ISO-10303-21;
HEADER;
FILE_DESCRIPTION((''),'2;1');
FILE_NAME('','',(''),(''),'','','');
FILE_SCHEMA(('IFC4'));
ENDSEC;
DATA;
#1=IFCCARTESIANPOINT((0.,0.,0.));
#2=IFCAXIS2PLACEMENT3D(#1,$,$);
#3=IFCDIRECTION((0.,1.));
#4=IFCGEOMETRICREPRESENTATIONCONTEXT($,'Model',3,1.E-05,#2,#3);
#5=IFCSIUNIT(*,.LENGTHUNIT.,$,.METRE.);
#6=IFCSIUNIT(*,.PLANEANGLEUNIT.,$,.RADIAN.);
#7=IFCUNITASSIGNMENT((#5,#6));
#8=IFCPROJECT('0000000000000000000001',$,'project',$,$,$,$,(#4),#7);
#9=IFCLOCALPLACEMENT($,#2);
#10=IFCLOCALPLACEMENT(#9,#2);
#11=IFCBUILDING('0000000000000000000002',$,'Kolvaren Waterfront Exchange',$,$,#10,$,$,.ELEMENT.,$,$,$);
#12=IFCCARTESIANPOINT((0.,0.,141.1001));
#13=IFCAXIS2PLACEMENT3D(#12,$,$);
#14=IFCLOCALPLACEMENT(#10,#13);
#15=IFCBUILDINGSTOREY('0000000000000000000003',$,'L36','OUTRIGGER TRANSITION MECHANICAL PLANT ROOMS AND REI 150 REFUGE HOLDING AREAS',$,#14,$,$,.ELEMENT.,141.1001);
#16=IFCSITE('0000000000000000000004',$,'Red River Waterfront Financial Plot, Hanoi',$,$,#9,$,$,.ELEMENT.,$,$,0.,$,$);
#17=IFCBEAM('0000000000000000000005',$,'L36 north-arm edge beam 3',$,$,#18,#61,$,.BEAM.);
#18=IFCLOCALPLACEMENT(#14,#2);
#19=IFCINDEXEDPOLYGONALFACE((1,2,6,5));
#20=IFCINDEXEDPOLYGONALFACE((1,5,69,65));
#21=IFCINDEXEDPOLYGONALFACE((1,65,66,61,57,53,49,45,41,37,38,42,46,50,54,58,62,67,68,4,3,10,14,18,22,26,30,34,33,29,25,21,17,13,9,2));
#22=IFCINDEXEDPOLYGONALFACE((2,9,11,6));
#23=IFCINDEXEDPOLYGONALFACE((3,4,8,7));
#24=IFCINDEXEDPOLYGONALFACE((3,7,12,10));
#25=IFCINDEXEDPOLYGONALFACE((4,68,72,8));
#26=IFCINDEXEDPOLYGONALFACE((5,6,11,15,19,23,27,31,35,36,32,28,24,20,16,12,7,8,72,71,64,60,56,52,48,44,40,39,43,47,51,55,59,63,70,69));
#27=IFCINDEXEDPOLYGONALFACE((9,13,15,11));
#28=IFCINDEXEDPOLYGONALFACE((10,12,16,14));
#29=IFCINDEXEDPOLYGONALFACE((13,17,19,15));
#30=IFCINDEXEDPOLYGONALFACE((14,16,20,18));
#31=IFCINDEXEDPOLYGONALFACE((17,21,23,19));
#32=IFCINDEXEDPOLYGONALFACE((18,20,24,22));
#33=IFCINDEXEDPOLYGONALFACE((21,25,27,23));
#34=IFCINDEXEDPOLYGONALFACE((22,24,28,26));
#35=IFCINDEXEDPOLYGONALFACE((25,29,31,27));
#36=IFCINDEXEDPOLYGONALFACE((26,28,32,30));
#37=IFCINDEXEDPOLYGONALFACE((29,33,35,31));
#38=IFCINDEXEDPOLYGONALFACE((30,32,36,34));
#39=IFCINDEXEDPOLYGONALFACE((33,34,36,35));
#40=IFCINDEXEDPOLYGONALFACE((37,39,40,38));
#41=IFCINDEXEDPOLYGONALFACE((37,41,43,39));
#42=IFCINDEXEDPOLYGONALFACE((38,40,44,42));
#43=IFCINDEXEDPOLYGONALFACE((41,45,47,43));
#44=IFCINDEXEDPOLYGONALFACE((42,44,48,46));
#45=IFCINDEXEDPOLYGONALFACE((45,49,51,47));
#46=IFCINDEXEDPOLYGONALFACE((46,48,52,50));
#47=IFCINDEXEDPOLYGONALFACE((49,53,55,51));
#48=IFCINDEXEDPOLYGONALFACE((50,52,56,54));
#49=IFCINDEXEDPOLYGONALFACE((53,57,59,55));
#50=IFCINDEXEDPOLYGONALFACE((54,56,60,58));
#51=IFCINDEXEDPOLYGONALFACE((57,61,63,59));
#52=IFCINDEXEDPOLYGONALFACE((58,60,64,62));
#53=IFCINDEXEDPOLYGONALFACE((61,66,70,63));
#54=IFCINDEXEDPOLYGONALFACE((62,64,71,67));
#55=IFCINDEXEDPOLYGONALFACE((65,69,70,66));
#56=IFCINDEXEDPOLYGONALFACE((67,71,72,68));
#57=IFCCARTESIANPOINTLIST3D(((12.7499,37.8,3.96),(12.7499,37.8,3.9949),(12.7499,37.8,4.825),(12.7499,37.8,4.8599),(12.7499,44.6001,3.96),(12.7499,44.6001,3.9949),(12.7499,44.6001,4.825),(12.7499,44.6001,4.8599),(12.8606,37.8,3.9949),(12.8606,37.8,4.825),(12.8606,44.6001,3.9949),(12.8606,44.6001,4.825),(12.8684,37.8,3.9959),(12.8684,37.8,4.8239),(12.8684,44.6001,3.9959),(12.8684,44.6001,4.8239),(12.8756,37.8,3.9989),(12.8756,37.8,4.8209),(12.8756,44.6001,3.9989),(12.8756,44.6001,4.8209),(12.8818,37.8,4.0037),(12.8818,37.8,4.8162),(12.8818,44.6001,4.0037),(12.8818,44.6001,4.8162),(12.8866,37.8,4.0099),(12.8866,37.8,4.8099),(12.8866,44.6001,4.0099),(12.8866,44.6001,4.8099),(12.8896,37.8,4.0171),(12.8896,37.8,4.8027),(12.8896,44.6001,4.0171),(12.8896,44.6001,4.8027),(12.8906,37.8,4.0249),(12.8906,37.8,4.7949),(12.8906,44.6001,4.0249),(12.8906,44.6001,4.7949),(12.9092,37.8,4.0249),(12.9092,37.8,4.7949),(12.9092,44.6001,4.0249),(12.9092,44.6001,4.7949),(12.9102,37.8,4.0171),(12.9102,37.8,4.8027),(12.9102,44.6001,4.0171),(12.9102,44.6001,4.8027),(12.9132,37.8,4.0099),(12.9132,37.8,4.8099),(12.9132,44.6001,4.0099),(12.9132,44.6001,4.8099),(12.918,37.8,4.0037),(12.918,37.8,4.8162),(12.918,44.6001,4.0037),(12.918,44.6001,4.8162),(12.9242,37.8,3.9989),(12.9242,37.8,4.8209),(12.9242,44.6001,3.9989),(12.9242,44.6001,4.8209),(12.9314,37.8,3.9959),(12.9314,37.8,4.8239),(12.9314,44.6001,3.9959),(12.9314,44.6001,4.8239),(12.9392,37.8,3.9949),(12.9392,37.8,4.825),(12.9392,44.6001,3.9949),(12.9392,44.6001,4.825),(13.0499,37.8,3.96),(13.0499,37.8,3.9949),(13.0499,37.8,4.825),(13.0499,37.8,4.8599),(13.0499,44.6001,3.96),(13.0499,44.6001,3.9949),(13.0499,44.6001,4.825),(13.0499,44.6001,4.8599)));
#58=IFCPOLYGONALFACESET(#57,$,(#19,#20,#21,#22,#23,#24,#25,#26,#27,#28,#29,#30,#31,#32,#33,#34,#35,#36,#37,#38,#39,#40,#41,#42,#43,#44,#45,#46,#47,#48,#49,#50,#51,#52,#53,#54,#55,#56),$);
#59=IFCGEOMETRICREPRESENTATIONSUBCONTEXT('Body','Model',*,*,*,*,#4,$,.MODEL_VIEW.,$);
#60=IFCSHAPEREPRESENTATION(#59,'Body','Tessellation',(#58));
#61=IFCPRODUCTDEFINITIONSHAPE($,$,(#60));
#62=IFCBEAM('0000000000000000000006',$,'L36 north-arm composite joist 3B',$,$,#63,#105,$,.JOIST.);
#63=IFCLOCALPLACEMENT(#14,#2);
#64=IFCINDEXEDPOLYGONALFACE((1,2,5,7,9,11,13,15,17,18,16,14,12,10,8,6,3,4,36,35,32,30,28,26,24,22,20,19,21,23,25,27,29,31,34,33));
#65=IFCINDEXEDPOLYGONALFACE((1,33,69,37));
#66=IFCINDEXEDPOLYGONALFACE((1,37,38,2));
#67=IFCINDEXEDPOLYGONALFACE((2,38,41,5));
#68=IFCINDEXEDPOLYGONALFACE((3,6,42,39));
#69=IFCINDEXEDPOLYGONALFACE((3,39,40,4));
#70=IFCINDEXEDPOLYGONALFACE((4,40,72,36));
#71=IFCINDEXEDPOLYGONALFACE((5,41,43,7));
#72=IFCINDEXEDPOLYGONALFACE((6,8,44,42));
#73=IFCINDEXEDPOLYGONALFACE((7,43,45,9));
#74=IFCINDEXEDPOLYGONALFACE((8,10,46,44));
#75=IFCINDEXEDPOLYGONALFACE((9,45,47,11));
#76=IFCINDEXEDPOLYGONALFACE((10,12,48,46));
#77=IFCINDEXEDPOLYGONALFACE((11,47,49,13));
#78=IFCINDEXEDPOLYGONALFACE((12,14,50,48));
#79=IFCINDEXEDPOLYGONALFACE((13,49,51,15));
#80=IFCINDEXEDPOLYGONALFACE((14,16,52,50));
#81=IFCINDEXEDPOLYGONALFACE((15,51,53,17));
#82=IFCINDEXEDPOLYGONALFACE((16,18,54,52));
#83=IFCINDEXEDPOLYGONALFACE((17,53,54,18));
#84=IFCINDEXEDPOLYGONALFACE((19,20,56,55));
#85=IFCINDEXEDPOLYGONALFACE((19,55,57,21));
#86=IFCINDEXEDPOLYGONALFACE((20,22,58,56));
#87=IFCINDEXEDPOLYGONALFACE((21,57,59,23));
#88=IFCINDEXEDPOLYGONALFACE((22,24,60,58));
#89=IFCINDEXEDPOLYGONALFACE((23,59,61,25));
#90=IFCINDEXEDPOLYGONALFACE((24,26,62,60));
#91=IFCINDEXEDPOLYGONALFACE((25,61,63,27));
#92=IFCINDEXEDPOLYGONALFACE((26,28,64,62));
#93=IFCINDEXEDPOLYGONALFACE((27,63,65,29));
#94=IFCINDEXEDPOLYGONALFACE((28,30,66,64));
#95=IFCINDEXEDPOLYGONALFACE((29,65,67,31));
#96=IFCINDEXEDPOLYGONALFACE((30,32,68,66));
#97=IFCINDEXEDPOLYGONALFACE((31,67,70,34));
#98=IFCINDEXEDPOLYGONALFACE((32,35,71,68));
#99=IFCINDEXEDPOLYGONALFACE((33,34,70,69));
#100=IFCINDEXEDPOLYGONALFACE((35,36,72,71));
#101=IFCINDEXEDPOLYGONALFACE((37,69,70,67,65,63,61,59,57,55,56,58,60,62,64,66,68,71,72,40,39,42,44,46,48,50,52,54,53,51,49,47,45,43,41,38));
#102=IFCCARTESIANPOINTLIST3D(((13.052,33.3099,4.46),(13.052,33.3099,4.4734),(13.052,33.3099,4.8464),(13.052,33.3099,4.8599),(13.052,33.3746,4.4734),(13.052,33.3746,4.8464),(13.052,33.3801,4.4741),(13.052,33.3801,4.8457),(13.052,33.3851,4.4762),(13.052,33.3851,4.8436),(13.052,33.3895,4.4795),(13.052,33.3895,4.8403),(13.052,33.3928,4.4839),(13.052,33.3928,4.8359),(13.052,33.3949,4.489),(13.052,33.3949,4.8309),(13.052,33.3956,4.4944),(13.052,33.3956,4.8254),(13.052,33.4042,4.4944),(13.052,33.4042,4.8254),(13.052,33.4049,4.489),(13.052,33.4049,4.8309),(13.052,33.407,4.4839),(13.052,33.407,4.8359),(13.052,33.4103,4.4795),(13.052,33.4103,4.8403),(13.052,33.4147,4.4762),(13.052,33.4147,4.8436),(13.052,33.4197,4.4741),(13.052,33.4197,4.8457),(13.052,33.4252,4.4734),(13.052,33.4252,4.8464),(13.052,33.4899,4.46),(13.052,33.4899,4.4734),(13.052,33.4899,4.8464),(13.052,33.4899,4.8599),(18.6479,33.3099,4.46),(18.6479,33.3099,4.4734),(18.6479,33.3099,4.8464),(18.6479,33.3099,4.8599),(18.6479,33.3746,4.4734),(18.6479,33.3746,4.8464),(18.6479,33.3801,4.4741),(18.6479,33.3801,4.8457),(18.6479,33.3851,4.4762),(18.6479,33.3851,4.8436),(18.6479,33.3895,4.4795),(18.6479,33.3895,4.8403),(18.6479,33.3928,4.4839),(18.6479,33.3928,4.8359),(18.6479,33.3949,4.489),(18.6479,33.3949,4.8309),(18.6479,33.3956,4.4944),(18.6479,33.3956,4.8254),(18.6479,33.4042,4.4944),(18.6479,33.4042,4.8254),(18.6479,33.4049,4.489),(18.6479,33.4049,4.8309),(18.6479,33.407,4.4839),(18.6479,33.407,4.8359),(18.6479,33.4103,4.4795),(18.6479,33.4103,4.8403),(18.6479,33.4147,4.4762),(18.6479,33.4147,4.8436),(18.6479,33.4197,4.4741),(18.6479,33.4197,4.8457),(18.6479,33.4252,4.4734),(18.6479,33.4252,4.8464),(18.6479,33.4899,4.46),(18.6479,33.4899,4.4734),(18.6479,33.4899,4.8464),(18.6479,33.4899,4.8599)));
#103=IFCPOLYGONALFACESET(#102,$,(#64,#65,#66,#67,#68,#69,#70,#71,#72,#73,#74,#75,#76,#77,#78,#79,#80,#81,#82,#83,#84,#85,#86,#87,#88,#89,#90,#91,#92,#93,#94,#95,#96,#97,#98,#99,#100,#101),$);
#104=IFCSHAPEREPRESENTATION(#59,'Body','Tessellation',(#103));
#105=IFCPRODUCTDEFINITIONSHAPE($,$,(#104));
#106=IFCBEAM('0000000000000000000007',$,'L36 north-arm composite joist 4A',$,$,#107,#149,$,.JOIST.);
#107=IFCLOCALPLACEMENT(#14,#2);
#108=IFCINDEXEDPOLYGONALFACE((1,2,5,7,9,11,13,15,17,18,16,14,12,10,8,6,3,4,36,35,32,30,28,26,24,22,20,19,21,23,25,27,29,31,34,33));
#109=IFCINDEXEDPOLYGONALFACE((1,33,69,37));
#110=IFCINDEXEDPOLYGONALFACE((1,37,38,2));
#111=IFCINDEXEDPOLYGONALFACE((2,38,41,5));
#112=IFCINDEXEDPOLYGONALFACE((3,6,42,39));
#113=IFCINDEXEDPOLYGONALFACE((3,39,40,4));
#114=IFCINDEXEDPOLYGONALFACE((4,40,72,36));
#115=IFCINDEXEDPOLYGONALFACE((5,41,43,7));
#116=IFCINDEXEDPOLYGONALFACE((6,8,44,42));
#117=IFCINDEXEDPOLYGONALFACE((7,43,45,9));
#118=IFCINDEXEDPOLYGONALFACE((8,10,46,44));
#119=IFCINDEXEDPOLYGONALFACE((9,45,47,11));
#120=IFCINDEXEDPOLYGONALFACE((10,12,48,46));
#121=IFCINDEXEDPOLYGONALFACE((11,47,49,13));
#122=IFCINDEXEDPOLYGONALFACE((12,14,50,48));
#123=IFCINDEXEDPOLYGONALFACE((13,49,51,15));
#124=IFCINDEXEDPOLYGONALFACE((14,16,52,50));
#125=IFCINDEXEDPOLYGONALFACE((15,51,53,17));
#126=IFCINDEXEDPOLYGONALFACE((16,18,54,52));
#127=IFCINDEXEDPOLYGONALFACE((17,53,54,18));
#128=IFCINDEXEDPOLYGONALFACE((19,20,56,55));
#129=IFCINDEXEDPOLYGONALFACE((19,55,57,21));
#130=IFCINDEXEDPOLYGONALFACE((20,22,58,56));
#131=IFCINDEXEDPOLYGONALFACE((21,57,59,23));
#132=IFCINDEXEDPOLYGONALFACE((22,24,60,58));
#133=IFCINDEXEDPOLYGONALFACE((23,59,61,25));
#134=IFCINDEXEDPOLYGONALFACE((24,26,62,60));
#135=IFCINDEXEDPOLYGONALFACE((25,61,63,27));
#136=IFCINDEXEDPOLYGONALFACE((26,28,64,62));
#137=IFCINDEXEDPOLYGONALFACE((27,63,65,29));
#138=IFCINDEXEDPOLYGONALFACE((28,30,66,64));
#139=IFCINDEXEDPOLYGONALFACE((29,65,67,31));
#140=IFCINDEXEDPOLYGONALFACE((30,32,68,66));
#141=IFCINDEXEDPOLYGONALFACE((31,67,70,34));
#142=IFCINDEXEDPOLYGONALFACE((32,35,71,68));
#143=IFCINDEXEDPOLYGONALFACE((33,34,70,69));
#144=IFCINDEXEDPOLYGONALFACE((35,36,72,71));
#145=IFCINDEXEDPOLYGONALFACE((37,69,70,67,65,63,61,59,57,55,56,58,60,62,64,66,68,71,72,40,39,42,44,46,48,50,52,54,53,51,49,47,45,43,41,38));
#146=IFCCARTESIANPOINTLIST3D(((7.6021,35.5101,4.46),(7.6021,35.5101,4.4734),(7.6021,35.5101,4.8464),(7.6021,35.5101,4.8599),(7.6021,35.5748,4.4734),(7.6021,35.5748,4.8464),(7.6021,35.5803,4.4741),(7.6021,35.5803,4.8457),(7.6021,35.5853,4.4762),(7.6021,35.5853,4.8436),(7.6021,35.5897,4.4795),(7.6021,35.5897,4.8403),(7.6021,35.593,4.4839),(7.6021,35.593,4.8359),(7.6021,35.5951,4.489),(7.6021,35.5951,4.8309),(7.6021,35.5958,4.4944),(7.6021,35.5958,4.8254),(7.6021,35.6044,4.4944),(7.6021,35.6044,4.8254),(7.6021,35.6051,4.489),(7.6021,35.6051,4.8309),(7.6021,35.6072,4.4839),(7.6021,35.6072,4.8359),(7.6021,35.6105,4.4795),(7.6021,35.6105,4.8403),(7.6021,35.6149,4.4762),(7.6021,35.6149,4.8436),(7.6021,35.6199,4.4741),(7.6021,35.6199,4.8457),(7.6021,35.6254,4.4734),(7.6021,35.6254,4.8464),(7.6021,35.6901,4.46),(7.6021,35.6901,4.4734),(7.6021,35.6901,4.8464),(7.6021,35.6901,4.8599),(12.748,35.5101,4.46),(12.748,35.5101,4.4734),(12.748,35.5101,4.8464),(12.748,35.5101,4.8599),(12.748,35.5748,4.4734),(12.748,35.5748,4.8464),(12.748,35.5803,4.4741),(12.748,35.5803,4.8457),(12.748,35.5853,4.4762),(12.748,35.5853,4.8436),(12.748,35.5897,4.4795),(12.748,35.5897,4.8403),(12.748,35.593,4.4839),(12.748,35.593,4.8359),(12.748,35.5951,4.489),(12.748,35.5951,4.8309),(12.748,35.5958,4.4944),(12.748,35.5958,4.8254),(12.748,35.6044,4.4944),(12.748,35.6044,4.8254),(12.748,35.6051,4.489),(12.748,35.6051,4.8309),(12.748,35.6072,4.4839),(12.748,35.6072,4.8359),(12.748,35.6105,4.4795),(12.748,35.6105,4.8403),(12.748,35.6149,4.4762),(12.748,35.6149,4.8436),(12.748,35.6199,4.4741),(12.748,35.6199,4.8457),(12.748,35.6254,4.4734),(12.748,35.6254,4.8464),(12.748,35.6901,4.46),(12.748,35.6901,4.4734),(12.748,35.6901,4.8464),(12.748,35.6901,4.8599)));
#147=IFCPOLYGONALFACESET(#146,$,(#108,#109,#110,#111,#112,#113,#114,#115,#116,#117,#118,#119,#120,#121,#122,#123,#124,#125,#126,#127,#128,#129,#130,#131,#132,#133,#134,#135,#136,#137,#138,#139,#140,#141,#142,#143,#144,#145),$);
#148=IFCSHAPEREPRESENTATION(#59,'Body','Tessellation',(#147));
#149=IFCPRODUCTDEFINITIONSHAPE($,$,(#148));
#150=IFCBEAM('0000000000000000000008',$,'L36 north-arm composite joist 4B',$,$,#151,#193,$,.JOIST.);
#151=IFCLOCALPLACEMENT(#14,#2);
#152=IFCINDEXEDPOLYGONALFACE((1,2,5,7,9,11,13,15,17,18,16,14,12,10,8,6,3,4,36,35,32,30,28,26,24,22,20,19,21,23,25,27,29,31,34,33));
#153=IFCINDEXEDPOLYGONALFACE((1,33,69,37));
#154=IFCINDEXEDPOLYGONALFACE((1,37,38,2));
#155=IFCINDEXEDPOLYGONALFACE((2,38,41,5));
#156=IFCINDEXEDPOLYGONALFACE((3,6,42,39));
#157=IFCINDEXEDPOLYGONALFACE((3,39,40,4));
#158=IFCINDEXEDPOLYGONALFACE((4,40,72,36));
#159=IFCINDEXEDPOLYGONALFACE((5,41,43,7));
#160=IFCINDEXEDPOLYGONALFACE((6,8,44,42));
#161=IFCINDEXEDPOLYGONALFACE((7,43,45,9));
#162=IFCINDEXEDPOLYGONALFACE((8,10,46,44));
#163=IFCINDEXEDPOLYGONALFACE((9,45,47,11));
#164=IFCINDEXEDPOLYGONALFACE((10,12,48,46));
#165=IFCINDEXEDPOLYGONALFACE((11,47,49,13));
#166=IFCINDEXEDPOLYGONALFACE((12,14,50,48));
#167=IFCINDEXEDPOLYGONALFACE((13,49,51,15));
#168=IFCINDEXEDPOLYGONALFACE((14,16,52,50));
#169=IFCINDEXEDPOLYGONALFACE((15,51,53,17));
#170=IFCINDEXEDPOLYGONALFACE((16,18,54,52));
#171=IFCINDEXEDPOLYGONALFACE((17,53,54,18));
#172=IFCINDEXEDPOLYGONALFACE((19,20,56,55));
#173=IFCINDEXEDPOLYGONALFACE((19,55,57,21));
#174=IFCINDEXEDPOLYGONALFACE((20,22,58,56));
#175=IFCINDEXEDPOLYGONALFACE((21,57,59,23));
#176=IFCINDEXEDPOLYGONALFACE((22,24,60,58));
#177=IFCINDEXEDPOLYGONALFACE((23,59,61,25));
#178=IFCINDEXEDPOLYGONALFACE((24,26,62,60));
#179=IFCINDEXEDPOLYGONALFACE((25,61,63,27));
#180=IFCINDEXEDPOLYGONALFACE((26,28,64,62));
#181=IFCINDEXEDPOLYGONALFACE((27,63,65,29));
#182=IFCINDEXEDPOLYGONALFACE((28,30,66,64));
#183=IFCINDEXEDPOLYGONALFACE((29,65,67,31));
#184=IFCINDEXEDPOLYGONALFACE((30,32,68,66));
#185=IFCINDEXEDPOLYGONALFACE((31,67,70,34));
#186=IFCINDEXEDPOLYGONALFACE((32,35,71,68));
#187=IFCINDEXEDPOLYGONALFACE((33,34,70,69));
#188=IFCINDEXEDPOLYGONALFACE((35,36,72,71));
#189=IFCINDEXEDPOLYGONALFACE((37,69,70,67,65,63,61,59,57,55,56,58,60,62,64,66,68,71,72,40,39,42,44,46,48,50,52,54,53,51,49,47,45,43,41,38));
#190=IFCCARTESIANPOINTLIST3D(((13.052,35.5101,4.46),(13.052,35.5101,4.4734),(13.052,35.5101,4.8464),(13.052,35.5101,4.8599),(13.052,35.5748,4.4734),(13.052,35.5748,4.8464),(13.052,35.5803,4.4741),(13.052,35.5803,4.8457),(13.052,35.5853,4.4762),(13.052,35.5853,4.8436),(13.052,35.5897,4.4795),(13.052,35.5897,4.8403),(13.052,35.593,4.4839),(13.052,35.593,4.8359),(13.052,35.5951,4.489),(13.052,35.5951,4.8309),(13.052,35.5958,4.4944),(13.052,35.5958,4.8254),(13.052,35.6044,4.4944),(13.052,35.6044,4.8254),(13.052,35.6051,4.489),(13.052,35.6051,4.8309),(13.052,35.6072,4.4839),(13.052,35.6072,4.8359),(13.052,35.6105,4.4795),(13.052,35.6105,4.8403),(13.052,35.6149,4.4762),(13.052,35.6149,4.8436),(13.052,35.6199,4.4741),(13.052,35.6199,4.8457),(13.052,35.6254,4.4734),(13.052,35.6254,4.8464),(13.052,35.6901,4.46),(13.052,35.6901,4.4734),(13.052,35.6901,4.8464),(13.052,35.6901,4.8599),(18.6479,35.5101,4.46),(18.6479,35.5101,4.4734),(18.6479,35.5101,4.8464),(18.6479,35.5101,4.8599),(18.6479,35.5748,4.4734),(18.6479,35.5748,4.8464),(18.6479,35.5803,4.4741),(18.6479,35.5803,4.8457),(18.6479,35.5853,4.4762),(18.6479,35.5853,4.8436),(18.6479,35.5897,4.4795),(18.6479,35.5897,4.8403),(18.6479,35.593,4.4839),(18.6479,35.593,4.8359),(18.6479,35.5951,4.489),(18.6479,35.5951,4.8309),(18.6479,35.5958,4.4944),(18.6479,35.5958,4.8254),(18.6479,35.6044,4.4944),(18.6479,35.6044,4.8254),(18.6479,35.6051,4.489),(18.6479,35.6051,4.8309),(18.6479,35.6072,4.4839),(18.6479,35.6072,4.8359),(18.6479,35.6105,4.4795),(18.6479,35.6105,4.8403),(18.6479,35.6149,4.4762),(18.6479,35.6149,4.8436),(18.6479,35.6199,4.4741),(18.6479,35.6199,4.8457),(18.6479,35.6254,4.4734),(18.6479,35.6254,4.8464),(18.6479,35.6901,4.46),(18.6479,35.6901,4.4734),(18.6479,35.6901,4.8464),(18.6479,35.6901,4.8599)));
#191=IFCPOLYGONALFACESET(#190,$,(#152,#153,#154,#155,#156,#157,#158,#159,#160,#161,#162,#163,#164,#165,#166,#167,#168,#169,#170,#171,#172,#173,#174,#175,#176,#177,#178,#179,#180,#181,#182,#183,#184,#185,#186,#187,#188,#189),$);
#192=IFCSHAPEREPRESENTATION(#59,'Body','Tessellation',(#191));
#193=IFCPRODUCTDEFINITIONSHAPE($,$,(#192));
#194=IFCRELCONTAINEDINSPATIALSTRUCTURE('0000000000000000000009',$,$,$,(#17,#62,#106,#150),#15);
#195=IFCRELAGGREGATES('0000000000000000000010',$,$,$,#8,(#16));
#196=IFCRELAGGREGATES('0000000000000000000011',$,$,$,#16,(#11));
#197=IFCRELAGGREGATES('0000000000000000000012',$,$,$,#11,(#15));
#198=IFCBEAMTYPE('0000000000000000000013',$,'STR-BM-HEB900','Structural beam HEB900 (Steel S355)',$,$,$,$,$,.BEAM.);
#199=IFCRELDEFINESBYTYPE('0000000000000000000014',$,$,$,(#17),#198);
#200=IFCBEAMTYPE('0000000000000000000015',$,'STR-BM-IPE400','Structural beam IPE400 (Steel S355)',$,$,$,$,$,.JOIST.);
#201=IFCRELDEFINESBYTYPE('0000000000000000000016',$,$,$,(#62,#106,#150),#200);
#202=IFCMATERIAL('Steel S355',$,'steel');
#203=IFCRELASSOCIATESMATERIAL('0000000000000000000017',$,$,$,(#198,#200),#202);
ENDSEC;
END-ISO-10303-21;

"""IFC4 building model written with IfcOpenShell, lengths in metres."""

from ifc_helpers import new_model, si_unit, direction, frame, origin, origin_2d, place, context, subcontext, project, spatial, i_section, extrude, material, material_profile, profile_set, type_object, element, save


model = new_model("IFC4")

# Units and contexts
model_context = context("Model", 3, precision=1e-05, world=origin(), true_north=direction((0.0, 1.0)))
body_context = subcontext(model_context, "Body", "Model", "MODEL_VIEW")
ifc_project = project(units=[si_unit("LENGTHUNIT", "METRE"), si_unit("PLANEANGLEUNIT", "RADIAN")], contexts=[model_context])

# Site, building, storey
site_placement = place(None, origin())
site = spatial("IfcSite", under=ifc_project, at=site_placement, Name="Red River Waterfront Financial Plot, Hanoi", CompositionType="ELEMENT", RefElevation=0.0)
building_placement = place(site_placement, origin())
building = spatial("IfcBuilding", under=site, at=building_placement, Name="Kolvaren Waterfront Exchange", CompositionType="ELEMENT")
storey_placement = place(building_placement, frame((0.0, 0.0, 141.1001)))
storey = spatial("IfcBuildingStorey", under=building, at=storey_placement, Name="L36", Description="OUTRIGGER TRANSITION MECHANICAL PLANT ROOMS AND REI 150 REFUGE HOLDING AREAS", CompositionType="ELEMENT", Elevation=141.1001)

# Beams
ifc_material_1 = material(Name="Steel S355", Category="steel")
ifc_material_profile_1 = material_profile(ifc_material_1, i_section(OverallWidth=0.3, OverallDepth=0.8999, WebThickness=0.0186, FlangeThickness=0.0349, FilletRadius=0.03, at=origin_2d()), Name="HEB900")
ifc_profile_set_1 = profile_set([ifc_material_profile_1], Name="Steel S355")
beam_type_1 = type_object("IfcBeamType", Name="STR-BM-HEB900", Description="Structural beam HEB900 (Steel S355)", PredefinedType="BEAM", material=ifc_profile_set_1)
beam_1_placement = place(storey_placement, frame((12.8999, 37.8, 4.4099), z_axis=(0.0, 1.0, 0.0), x_axis=(-1.0, 0.0, 0.0)))
element("IfcBeam", 1, at=beam_1_placement, inside=storey, type_object=beam_type_1, Name="L36 north-arm edge beam 3", PredefinedType="BEAM", context=body_context, shape_type="SweptSolid", body=[
    extrude(i_section(OverallWidth=0.3, OverallDepth=0.8999, WebThickness=0.0186, FlangeThickness=0.0349, FilletRadius=0.03, at=origin_2d()), origin(), (0.0, 0.0, 1.0), 6.8),
])
ifc_material_profile_2 = material_profile(ifc_material_1, i_section(OverallWidth=0.1799, OverallDepth=0.3999, WebThickness=0.0085, FlangeThickness=0.0134, FilletRadius=0.021, at=origin_2d()), Name="IPE400")
ifc_profile_set_2 = profile_set([ifc_material_profile_2], Name="Steel S355")
beam_type_2 = type_object("IfcBeamType", Name="STR-BM-IPE400", Description="Structural beam IPE400 (Steel S355)", PredefinedType="JOIST", material=ifc_profile_set_2)
beam_2_placement = place(storey_placement, frame((13.052, 33.3999, 4.6599), z_axis=(1.0, 0.0, 0.0), x_axis=(0.0, 1.0, 0.0)))
element("IfcBeam", 2, at=beam_2_placement, inside=storey, type_object=beam_type_2, Name="L36 north-arm composite joist 3B", PredefinedType="JOIST", context=body_context, shape_type="SweptSolid", body=[
    extrude(i_section(OverallWidth=0.1799, OverallDepth=0.3999, WebThickness=0.0085, FlangeThickness=0.0134, FilletRadius=0.021, at=origin_2d()), origin(), (0.0, 0.0, 1.0), 5.5959),
])
beam_3_placement = place(storey_placement, frame((7.6021, 35.6001, 4.6599), z_axis=(1.0, 0.0, 0.0), x_axis=(0.0, 1.0, 0.0)))
element("IfcBeam", 3, at=beam_3_placement, inside=storey, type_object=beam_type_2, Name="L36 north-arm composite joist 4A", PredefinedType="JOIST", context=body_context, shape_type="SweptSolid", body=[
    extrude(i_section(OverallWidth=0.1799, OverallDepth=0.3999, WebThickness=0.0085, FlangeThickness=0.0134, FilletRadius=0.021, at=origin_2d()), origin(), (0.0, 0.0, 1.0), 5.146),
])
beam_4_placement = place(storey_placement, frame((13.052, 35.6001, 4.6599), z_axis=(1.0, 0.0, 0.0), x_axis=(0.0, 1.0, 0.0)))
element("IfcBeam", 4, at=beam_4_placement, inside=storey, type_object=beam_type_2, Name="L36 north-arm composite joist 4B", PredefinedType="JOIST", context=body_context, shape_type="SweptSolid", body=[
    extrude(i_section(OverallWidth=0.1799, OverallDepth=0.3999, WebThickness=0.0085, FlangeThickness=0.0134, FilletRadius=0.021, at=origin_2d()), origin(), (0.0, 0.0, 1.0), 5.5959),
])

save(model, "model.ifc")
